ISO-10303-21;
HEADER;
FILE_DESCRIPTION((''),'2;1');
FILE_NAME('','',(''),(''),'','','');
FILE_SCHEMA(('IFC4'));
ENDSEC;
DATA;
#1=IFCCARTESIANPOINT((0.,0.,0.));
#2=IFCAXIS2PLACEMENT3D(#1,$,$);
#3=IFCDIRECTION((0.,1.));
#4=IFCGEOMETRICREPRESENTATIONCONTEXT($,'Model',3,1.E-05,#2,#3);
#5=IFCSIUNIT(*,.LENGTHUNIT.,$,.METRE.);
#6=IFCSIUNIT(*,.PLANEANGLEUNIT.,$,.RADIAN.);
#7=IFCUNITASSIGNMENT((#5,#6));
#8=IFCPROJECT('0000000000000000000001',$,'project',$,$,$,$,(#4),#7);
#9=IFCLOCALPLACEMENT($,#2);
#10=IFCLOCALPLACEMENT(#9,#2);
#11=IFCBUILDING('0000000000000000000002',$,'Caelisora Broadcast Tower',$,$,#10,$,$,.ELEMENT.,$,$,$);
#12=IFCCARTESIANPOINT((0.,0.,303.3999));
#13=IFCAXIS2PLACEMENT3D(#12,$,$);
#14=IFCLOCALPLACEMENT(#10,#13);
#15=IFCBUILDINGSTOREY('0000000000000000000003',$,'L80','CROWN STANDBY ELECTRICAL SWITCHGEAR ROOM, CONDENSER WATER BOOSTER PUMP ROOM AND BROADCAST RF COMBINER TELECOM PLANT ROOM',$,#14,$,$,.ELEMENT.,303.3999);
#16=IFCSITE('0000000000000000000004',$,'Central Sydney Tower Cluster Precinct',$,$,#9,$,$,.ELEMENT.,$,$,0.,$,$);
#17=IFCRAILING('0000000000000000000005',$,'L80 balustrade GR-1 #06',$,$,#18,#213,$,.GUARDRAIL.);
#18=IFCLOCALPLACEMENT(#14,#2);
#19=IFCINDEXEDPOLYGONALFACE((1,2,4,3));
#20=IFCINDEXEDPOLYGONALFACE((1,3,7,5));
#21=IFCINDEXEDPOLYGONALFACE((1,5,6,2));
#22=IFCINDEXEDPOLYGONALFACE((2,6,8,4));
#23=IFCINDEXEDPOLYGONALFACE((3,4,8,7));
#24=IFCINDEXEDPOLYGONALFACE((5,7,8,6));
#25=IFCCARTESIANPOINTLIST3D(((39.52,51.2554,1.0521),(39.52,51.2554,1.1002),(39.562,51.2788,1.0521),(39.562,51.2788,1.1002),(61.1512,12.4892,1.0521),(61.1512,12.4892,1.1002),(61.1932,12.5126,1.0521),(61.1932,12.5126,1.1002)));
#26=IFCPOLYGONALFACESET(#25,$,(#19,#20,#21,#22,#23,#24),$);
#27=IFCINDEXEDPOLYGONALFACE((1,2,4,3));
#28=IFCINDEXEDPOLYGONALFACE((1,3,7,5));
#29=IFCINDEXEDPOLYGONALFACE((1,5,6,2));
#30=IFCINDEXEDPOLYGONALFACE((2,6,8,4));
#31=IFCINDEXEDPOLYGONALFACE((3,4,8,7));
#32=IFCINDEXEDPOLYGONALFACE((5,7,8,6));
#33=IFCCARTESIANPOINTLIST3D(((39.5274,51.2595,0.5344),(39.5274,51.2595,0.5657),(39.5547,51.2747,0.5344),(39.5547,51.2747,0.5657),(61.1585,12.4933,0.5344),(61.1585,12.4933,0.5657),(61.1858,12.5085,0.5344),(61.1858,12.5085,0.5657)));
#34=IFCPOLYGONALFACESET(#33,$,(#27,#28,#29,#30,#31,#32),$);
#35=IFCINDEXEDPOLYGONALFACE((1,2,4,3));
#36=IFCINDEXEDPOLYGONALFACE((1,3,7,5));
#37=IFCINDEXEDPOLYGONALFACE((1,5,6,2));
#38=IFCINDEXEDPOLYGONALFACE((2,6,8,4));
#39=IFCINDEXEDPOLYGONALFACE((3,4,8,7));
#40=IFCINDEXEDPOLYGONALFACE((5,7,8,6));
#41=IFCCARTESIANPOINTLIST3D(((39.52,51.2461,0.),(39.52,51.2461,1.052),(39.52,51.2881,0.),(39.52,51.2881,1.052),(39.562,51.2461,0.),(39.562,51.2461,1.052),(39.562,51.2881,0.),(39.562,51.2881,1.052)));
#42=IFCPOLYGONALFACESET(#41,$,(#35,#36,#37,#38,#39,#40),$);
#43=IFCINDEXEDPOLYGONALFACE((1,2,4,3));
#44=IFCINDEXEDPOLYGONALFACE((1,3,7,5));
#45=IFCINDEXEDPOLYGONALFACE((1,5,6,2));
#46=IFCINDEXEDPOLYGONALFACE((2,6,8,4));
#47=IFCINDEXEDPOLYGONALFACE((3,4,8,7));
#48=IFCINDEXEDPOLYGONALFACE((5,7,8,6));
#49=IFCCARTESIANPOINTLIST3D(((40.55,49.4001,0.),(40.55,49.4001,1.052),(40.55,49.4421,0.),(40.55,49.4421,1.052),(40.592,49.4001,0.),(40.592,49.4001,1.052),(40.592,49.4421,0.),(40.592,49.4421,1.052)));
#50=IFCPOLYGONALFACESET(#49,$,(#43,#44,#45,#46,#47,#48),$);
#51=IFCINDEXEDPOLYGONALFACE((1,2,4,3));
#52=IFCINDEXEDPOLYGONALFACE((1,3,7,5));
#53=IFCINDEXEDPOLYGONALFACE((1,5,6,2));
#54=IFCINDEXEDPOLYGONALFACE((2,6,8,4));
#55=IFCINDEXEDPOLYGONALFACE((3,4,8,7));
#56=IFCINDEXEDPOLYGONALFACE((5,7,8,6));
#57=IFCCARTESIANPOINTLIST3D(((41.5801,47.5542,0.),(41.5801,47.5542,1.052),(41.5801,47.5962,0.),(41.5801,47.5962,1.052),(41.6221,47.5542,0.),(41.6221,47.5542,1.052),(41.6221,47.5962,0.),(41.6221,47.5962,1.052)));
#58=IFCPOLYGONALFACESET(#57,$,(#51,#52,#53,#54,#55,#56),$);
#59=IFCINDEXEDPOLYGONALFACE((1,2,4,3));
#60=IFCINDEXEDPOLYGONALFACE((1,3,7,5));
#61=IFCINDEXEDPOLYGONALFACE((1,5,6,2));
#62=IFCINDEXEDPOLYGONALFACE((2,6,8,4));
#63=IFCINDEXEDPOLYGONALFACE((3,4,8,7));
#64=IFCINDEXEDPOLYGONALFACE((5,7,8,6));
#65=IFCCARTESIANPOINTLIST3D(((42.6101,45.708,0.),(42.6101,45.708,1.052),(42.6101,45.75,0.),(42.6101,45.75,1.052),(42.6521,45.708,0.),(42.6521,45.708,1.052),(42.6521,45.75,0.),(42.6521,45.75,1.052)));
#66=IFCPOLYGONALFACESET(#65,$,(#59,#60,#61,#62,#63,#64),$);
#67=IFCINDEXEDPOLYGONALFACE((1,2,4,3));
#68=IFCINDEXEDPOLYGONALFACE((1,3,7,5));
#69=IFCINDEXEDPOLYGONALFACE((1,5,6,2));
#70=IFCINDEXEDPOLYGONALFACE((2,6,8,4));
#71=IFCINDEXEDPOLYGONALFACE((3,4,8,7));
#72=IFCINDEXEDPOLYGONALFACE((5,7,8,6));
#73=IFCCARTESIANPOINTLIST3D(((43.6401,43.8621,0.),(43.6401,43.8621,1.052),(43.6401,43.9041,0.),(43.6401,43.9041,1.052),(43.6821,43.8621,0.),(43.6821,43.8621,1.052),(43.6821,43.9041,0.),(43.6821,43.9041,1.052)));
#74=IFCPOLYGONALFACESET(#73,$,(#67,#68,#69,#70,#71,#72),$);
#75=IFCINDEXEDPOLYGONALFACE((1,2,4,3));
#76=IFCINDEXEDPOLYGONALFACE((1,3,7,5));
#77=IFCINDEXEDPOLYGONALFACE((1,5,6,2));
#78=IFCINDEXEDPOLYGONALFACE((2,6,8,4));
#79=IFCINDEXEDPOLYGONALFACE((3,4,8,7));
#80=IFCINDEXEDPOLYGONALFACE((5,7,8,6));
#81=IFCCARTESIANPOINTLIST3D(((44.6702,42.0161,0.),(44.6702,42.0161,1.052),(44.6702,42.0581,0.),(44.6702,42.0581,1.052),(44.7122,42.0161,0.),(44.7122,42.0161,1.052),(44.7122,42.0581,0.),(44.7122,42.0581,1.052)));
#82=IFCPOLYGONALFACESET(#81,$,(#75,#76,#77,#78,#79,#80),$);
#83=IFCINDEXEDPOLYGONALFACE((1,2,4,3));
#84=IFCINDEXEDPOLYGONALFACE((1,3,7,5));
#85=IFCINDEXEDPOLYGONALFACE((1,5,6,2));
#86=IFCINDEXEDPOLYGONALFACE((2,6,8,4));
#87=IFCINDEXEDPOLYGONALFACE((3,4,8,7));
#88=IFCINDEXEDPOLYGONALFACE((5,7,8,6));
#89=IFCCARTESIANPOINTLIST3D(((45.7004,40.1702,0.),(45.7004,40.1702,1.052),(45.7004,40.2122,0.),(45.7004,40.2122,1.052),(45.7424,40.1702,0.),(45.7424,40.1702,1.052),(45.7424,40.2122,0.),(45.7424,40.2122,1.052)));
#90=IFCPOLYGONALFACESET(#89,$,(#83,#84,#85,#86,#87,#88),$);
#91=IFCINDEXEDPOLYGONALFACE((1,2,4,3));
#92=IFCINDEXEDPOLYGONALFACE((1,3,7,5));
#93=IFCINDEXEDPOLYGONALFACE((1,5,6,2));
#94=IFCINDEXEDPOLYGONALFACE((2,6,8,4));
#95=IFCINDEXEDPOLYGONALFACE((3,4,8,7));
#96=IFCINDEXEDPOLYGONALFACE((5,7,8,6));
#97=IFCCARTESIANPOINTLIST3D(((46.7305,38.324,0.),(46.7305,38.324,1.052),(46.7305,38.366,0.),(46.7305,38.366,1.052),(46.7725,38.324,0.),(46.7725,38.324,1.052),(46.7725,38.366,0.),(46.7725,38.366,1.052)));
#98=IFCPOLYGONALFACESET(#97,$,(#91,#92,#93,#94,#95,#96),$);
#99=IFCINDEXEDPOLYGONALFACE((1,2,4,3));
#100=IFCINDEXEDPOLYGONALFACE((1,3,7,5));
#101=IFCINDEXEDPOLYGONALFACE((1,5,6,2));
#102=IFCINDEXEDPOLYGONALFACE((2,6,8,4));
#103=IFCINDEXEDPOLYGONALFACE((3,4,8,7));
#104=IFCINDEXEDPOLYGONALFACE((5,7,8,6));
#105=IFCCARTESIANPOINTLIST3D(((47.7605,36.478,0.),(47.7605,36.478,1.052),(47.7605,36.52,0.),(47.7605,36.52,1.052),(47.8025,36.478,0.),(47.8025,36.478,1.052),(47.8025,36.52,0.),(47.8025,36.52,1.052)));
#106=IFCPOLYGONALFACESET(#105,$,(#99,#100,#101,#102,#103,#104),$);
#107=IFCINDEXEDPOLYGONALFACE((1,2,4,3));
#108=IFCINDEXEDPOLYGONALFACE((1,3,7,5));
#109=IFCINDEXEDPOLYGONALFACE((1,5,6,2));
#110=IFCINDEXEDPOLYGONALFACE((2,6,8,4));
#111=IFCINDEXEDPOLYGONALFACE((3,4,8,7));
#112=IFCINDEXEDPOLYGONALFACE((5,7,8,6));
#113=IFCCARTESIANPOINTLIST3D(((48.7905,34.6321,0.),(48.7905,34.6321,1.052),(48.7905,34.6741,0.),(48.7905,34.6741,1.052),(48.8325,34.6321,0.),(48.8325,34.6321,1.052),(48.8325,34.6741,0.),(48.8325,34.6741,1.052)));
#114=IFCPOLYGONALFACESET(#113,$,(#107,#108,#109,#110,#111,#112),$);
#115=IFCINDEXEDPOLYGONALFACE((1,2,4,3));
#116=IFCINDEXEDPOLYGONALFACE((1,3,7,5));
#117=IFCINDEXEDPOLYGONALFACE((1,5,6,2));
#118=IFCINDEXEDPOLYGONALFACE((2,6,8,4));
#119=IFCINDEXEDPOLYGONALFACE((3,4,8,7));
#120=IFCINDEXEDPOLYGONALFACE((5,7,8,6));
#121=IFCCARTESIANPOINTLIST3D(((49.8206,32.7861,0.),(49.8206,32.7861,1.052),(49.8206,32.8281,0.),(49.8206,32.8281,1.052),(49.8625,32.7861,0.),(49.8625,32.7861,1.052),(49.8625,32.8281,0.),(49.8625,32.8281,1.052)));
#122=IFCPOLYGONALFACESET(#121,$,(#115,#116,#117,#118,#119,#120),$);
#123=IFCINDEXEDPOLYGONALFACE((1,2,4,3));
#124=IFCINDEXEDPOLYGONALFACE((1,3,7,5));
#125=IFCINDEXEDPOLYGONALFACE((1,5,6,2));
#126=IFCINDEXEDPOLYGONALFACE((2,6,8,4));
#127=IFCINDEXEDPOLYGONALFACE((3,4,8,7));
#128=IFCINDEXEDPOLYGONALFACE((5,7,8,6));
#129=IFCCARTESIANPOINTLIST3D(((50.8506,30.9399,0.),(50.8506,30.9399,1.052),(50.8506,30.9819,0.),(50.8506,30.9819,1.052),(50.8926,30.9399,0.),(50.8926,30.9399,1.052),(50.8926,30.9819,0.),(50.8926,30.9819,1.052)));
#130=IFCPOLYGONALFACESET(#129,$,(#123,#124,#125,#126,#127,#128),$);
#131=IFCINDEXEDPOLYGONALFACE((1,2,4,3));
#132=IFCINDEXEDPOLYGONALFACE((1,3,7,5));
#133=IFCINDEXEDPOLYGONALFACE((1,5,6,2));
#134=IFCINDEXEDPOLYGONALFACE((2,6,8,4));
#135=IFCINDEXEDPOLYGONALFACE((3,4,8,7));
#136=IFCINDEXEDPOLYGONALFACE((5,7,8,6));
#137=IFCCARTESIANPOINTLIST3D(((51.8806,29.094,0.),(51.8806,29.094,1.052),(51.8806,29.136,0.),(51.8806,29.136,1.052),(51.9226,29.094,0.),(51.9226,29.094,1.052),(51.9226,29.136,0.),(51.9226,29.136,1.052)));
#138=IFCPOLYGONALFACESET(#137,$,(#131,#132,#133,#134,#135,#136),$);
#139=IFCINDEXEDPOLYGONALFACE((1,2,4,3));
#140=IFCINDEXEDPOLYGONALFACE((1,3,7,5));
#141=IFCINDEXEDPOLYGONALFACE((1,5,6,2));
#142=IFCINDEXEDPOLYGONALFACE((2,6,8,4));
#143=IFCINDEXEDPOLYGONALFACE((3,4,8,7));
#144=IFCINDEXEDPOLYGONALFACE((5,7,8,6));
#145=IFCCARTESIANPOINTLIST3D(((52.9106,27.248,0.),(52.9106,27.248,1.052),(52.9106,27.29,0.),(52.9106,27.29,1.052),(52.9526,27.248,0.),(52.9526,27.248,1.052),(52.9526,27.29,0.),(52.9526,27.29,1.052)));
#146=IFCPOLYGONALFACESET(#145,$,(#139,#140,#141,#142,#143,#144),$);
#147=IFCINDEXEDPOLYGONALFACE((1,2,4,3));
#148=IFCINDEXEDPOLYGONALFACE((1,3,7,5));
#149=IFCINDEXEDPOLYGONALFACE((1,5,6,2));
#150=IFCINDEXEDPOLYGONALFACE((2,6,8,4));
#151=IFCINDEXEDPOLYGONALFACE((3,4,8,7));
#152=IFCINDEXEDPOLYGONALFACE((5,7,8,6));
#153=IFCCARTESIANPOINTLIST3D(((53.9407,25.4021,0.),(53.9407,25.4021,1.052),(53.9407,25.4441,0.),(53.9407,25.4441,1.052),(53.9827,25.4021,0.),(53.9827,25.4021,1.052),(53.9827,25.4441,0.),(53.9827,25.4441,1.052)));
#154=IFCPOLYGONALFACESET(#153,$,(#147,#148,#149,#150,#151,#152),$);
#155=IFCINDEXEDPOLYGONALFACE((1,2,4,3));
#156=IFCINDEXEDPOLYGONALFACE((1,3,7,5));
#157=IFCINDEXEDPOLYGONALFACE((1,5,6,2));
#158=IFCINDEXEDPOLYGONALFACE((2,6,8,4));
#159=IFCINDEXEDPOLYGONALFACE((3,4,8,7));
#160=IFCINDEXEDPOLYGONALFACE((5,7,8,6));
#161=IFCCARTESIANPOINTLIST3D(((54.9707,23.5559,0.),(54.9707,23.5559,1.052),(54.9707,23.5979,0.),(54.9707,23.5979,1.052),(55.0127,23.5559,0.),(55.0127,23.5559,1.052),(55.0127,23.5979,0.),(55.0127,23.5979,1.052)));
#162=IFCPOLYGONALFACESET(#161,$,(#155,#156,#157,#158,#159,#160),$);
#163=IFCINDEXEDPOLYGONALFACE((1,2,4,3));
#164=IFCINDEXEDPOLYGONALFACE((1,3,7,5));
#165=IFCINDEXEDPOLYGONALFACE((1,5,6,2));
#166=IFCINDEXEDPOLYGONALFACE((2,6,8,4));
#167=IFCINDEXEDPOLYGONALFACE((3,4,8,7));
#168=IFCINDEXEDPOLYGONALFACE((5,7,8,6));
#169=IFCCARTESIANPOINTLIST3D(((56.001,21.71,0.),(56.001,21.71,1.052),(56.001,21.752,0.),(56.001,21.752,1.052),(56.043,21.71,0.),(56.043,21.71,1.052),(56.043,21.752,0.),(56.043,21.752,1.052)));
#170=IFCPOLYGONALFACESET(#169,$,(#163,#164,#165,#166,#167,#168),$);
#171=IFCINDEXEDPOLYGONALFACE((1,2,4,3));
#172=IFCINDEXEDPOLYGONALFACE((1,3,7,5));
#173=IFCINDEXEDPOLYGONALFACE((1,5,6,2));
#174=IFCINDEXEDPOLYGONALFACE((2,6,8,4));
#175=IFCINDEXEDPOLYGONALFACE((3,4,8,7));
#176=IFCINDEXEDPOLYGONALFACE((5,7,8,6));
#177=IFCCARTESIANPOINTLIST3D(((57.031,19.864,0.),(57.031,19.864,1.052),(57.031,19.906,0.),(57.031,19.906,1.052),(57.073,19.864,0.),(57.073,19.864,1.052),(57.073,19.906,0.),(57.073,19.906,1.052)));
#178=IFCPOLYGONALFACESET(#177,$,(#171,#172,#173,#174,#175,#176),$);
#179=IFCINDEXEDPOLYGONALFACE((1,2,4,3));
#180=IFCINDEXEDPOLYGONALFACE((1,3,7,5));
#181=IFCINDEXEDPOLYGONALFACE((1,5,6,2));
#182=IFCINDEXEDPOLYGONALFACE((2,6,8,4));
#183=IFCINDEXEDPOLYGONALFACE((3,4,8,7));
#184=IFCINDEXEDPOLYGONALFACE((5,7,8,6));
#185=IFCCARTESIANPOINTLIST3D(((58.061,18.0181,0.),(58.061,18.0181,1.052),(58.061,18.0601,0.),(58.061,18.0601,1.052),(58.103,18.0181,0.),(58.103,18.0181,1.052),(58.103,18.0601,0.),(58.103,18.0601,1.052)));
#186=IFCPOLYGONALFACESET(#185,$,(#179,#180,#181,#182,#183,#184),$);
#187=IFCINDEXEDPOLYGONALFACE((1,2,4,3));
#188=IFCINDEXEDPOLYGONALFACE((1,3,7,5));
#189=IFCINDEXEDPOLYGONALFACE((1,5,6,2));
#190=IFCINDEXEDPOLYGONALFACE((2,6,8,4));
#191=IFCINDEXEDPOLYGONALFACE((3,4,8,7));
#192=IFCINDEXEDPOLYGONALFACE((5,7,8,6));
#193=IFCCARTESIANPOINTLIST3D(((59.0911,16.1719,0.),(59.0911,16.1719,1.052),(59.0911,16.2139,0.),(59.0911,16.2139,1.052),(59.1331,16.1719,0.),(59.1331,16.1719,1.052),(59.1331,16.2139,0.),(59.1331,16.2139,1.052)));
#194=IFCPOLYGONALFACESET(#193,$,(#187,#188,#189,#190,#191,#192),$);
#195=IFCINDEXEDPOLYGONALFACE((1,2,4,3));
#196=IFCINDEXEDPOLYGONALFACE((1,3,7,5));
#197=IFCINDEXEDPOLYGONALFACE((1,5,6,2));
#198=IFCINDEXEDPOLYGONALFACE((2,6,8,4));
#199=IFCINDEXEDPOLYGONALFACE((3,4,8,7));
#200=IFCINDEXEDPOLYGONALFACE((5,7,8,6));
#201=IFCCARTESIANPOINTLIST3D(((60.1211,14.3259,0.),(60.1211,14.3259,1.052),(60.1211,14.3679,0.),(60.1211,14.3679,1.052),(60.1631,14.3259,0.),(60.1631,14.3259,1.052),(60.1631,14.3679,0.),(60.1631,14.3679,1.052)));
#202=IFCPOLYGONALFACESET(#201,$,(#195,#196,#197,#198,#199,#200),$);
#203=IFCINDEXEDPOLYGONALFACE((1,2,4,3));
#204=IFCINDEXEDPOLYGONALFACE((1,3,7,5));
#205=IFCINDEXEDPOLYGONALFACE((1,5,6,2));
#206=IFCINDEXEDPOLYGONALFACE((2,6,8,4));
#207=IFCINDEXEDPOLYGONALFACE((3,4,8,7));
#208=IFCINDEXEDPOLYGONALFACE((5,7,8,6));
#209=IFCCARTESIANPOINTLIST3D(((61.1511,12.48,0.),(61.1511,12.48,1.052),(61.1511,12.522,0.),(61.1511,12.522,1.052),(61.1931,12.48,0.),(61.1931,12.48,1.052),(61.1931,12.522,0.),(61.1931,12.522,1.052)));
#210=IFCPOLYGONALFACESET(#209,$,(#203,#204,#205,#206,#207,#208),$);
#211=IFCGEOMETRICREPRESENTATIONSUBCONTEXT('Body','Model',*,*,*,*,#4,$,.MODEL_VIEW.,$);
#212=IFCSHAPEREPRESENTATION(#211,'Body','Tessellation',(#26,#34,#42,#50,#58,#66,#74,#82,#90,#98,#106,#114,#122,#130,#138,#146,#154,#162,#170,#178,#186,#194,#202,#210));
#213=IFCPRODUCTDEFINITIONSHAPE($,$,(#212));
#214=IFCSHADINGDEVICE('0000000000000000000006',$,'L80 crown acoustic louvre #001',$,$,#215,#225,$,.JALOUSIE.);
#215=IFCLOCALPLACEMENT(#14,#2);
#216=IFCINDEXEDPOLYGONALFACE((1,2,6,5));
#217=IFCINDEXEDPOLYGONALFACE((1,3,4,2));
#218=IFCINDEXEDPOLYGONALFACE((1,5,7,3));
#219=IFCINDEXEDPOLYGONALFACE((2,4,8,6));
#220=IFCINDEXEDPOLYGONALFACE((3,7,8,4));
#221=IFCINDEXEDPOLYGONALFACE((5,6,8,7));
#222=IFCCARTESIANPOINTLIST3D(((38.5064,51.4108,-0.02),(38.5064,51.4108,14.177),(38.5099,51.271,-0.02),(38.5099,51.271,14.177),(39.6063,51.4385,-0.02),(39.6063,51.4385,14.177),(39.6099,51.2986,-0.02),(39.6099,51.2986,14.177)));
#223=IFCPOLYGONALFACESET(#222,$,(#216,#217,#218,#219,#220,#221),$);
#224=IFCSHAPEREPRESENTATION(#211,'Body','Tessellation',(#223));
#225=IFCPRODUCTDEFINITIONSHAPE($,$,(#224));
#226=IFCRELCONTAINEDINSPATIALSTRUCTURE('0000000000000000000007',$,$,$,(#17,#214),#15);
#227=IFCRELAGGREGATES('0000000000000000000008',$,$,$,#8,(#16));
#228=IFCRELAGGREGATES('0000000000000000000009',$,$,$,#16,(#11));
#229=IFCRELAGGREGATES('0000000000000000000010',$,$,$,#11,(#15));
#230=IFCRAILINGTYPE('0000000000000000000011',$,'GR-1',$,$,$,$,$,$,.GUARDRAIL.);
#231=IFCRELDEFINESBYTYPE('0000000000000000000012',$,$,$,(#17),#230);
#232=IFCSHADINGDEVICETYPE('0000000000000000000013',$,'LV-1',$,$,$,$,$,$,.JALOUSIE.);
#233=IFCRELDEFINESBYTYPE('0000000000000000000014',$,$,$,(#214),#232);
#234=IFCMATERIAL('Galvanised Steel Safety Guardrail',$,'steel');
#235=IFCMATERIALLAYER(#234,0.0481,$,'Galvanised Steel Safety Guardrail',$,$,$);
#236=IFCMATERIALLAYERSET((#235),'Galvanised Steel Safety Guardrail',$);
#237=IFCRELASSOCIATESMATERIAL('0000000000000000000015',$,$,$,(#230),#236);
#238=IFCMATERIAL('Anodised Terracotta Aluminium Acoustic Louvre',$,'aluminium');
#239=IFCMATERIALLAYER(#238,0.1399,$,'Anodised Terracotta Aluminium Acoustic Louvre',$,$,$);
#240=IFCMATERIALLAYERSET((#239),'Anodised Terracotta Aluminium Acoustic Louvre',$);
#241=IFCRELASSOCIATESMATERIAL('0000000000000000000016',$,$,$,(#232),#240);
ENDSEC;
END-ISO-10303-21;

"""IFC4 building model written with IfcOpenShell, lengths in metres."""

from ifc_helpers import new_model, si_unit, direction, frame, origin, origin_2d, place, context, subcontext, project, spatial, rectangle, extrude, source, transform, mapped, material, layer, layer_set, type_object, element, save


model = new_model("IFC4")

# Units and contexts
model_context = context("Model", 3, precision=1e-05, world=origin(), true_north=direction((0.0, 1.0)))
body_context = subcontext(model_context, "Body", "Model", "MODEL_VIEW")
ifc_project = project(units=[si_unit("LENGTHUNIT", "METRE"), si_unit("PLANEANGLEUNIT", "RADIAN")], contexts=[model_context])

# Site, building, storey
site_placement = place(None, origin())
site = spatial("IfcSite", under=ifc_project, at=site_placement, Name="Central Sydney Tower Cluster Precinct", CompositionType="ELEMENT", RefElevation=0.0)
building_placement = place(site_placement, origin())
building = spatial("IfcBuilding", under=site, at=building_placement, Name="Caelisora Broadcast Tower", CompositionType="ELEMENT")
storey_placement = place(building_placement, frame((0.0, 0.0, 303.3999)))
storey = spatial("IfcBuildingStorey", under=building, at=storey_placement, Name="L80", Description="CROWN STANDBY ELECTRICAL SWITCHGEAR ROOM, CONDENSER WATER BOOSTER PUMP ROOM AND BROADCAST RF COMBINER TELECOM PLANT ROOM", CompositionType="ELEMENT", Elevation=303.3999)

# Railing
ifc_material_1 = material(Name="Galvanised Steel Safety Guardrail", Category="steel")
ifc_layer_1 = layer(ifc_material_1, 0.0481, Name="Galvanised Steel Safety Guardrail")
ifc_layer_set_1 = layer_set([ifc_layer_1], Name="Galvanised Steel Safety Guardrail")
railing_type = type_object("IfcRailingType", Name="GR-1", PredefinedType="GUARDRAIL", material=ifc_layer_set_1)
railing_placement = place(storey_placement, frame((39.541, 51.2671, 0.0)))
element("IfcRailing", 1, at=railing_placement, inside=storey, type_object=railing_type, Name="L80 balustrade GR-1 #06", PredefinedType="GUARDRAIL", context=body_context, shape_type="SweptSolid", body=[
    extrude(rectangle(XDim=0.0481, YDim=0.0481, at=origin_2d()), frame((0.0, 0.0, 1.0762), z_axis=(0.487267, -0.873253, 0.0), x_axis=(0.873253, 0.487267, 0.0)), (0.0, 0.0, 1.0), 44.3928),
    extrude(rectangle(XDim=0.0312, YDim=0.0312, at=origin_2d()), frame((0.0, 0.0, 0.55), z_axis=(0.487267, -0.873253, 0.0), x_axis=(0.873253, 0.487267, 0.0)), (0.0, 0.0, 1.0), 44.3928),
    extrude(rectangle(XDim=0.042, YDim=0.042, at=origin_2d()), origin(), (0.0, 0.0, 1.0), 1.052),
    extrude(rectangle(XDim=0.042, YDim=0.042, at=origin_2d()), frame((1.03, -1.8459, 0.0)), (0.0, 0.0, 1.0), 1.052),
    extrude(rectangle(XDim=0.042, YDim=0.042, at=origin_2d()), frame((2.0601, -3.6919, 0.0)), (0.0, 0.0, 1.0), 1.052),
    extrude(rectangle(XDim=0.042, YDim=0.042, at=origin_2d()), frame((3.0901, -5.5381, 0.0)), (0.0, 0.0, 1.0), 1.052),
    extrude(rectangle(XDim=0.042, YDim=0.042, at=origin_2d()), frame((4.1201, -7.384, 0.0)), (0.0, 0.0, 1.0), 1.052),
    extrude(rectangle(XDim=0.042, YDim=0.042, at=origin_2d()), frame((5.1501, -9.23, 0.0)), (0.0, 0.0, 1.0), 1.052),
    extrude(rectangle(XDim=0.042, YDim=0.042, at=origin_2d()), frame((6.1804, -11.0759, 0.0)), (0.0, 0.0, 1.0), 1.052),
    extrude(rectangle(XDim=0.042, YDim=0.042, at=origin_2d()), frame((7.2104, -12.9221, 0.0)), (0.0, 0.0, 1.0), 1.052),
    extrude(rectangle(XDim=0.042, YDim=0.042, at=origin_2d()), frame((8.2405, -14.7681, 0.0)), (0.0, 0.0, 1.0), 1.052),
    extrude(rectangle(XDim=0.042, YDim=0.042, at=origin_2d()), frame((9.2705, -16.614, 0.0)), (0.0, 0.0, 1.0), 1.052),
    extrude(rectangle(XDim=0.042, YDim=0.042, at=origin_2d()), frame((10.3005, -18.46, 0.0)), (0.0, 0.0, 1.0), 1.052),
    extrude(rectangle(XDim=0.042, YDim=0.042, at=origin_2d()), frame((11.3306, -20.3062, 0.0)), (0.0, 0.0, 1.0), 1.052),
    extrude(rectangle(XDim=0.042, YDim=0.042, at=origin_2d()), frame((12.3606, -22.1521, 0.0)), (0.0, 0.0, 1.0), 1.052),
    extrude(rectangle(XDim=0.042, YDim=0.042, at=origin_2d()), frame((13.3906, -23.998, 0.0)), (0.0, 0.0, 1.0), 1.052),
    extrude(rectangle(XDim=0.042, YDim=0.042, at=origin_2d()), frame((14.4207, -25.844, 0.0)), (0.0, 0.0, 1.0), 1.052),
    extrude(rectangle(XDim=0.042, YDim=0.042, at=origin_2d()), frame((15.4507, -27.6902, 0.0)), (0.0, 0.0, 1.0), 1.052),
    extrude(rectangle(XDim=0.042, YDim=0.042, at=origin_2d()), frame((16.481, -29.5361, 0.0)), (0.0, 0.0, 1.0), 1.052),
    extrude(rectangle(XDim=0.042, YDim=0.042, at=origin_2d()), frame((17.511, -31.3821, 0.0)), (0.0, 0.0, 1.0), 1.052),
    extrude(rectangle(XDim=0.042, YDim=0.042, at=origin_2d()), frame((18.541, -33.228, 0.0)), (0.0, 0.0, 1.0), 1.052),
    extrude(rectangle(XDim=0.042, YDim=0.042, at=origin_2d()), frame((19.571, -35.0742, 0.0)), (0.0, 0.0, 1.0), 1.052),
    extrude(rectangle(XDim=0.042, YDim=0.042, at=origin_2d()), frame((20.6011, -36.9202, 0.0)), (0.0, 0.0, 1.0), 1.052),
    extrude(rectangle(XDim=0.042, YDim=0.042, at=origin_2d()), frame((21.6311, -38.7661, 0.0)), (0.0, 0.0, 1.0), 1.052),
])

# Shading device
ifc_material_2 = material(Name="Anodised Terracotta Aluminium Acoustic Louvre", Category="aluminium")
ifc_layer_2 = layer(ifc_material_2, 0.1399, Name="Anodised Terracotta Aluminium Acoustic Louvre")
ifc_layer_set_2 = layer_set([ifc_layer_2], Name="Anodised Terracotta Aluminium Acoustic Louvre")
shading_device_type = type_object("IfcShadingDeviceType", Name="LV-1", PredefinedType="JALOUSIE", material=ifc_layer_set_2)
shared_shape_1 = source(origin(), body_context, "Body", "SweptSolid", [
    extrude(rectangle(XDim=1.1003, YDim=0.1399, at=origin_2d()), origin(), (0.0, 0.0, 1.0), 14.197),
])
shading_device_1_placement = place(storey_placement, frame((39.0581, 51.3547, -0.02), z_axis=(0.0, 0.0, 1.0), x_axis=(-0.999684, -0.02513, 0.0)))
element("IfcShadingDevice", 2, at=shading_device_1_placement, inside=storey, type_object=shading_device_type, Name="L80 crown acoustic louvre #001", PredefinedType="JALOUSIE", context=body_context, shape_type="MappedRepresentation", body=[
    mapped(shared_shape_1, transform((0.0, 0.0, 0.0), scale=1.0)),
])

save(model, "model.ifc")
